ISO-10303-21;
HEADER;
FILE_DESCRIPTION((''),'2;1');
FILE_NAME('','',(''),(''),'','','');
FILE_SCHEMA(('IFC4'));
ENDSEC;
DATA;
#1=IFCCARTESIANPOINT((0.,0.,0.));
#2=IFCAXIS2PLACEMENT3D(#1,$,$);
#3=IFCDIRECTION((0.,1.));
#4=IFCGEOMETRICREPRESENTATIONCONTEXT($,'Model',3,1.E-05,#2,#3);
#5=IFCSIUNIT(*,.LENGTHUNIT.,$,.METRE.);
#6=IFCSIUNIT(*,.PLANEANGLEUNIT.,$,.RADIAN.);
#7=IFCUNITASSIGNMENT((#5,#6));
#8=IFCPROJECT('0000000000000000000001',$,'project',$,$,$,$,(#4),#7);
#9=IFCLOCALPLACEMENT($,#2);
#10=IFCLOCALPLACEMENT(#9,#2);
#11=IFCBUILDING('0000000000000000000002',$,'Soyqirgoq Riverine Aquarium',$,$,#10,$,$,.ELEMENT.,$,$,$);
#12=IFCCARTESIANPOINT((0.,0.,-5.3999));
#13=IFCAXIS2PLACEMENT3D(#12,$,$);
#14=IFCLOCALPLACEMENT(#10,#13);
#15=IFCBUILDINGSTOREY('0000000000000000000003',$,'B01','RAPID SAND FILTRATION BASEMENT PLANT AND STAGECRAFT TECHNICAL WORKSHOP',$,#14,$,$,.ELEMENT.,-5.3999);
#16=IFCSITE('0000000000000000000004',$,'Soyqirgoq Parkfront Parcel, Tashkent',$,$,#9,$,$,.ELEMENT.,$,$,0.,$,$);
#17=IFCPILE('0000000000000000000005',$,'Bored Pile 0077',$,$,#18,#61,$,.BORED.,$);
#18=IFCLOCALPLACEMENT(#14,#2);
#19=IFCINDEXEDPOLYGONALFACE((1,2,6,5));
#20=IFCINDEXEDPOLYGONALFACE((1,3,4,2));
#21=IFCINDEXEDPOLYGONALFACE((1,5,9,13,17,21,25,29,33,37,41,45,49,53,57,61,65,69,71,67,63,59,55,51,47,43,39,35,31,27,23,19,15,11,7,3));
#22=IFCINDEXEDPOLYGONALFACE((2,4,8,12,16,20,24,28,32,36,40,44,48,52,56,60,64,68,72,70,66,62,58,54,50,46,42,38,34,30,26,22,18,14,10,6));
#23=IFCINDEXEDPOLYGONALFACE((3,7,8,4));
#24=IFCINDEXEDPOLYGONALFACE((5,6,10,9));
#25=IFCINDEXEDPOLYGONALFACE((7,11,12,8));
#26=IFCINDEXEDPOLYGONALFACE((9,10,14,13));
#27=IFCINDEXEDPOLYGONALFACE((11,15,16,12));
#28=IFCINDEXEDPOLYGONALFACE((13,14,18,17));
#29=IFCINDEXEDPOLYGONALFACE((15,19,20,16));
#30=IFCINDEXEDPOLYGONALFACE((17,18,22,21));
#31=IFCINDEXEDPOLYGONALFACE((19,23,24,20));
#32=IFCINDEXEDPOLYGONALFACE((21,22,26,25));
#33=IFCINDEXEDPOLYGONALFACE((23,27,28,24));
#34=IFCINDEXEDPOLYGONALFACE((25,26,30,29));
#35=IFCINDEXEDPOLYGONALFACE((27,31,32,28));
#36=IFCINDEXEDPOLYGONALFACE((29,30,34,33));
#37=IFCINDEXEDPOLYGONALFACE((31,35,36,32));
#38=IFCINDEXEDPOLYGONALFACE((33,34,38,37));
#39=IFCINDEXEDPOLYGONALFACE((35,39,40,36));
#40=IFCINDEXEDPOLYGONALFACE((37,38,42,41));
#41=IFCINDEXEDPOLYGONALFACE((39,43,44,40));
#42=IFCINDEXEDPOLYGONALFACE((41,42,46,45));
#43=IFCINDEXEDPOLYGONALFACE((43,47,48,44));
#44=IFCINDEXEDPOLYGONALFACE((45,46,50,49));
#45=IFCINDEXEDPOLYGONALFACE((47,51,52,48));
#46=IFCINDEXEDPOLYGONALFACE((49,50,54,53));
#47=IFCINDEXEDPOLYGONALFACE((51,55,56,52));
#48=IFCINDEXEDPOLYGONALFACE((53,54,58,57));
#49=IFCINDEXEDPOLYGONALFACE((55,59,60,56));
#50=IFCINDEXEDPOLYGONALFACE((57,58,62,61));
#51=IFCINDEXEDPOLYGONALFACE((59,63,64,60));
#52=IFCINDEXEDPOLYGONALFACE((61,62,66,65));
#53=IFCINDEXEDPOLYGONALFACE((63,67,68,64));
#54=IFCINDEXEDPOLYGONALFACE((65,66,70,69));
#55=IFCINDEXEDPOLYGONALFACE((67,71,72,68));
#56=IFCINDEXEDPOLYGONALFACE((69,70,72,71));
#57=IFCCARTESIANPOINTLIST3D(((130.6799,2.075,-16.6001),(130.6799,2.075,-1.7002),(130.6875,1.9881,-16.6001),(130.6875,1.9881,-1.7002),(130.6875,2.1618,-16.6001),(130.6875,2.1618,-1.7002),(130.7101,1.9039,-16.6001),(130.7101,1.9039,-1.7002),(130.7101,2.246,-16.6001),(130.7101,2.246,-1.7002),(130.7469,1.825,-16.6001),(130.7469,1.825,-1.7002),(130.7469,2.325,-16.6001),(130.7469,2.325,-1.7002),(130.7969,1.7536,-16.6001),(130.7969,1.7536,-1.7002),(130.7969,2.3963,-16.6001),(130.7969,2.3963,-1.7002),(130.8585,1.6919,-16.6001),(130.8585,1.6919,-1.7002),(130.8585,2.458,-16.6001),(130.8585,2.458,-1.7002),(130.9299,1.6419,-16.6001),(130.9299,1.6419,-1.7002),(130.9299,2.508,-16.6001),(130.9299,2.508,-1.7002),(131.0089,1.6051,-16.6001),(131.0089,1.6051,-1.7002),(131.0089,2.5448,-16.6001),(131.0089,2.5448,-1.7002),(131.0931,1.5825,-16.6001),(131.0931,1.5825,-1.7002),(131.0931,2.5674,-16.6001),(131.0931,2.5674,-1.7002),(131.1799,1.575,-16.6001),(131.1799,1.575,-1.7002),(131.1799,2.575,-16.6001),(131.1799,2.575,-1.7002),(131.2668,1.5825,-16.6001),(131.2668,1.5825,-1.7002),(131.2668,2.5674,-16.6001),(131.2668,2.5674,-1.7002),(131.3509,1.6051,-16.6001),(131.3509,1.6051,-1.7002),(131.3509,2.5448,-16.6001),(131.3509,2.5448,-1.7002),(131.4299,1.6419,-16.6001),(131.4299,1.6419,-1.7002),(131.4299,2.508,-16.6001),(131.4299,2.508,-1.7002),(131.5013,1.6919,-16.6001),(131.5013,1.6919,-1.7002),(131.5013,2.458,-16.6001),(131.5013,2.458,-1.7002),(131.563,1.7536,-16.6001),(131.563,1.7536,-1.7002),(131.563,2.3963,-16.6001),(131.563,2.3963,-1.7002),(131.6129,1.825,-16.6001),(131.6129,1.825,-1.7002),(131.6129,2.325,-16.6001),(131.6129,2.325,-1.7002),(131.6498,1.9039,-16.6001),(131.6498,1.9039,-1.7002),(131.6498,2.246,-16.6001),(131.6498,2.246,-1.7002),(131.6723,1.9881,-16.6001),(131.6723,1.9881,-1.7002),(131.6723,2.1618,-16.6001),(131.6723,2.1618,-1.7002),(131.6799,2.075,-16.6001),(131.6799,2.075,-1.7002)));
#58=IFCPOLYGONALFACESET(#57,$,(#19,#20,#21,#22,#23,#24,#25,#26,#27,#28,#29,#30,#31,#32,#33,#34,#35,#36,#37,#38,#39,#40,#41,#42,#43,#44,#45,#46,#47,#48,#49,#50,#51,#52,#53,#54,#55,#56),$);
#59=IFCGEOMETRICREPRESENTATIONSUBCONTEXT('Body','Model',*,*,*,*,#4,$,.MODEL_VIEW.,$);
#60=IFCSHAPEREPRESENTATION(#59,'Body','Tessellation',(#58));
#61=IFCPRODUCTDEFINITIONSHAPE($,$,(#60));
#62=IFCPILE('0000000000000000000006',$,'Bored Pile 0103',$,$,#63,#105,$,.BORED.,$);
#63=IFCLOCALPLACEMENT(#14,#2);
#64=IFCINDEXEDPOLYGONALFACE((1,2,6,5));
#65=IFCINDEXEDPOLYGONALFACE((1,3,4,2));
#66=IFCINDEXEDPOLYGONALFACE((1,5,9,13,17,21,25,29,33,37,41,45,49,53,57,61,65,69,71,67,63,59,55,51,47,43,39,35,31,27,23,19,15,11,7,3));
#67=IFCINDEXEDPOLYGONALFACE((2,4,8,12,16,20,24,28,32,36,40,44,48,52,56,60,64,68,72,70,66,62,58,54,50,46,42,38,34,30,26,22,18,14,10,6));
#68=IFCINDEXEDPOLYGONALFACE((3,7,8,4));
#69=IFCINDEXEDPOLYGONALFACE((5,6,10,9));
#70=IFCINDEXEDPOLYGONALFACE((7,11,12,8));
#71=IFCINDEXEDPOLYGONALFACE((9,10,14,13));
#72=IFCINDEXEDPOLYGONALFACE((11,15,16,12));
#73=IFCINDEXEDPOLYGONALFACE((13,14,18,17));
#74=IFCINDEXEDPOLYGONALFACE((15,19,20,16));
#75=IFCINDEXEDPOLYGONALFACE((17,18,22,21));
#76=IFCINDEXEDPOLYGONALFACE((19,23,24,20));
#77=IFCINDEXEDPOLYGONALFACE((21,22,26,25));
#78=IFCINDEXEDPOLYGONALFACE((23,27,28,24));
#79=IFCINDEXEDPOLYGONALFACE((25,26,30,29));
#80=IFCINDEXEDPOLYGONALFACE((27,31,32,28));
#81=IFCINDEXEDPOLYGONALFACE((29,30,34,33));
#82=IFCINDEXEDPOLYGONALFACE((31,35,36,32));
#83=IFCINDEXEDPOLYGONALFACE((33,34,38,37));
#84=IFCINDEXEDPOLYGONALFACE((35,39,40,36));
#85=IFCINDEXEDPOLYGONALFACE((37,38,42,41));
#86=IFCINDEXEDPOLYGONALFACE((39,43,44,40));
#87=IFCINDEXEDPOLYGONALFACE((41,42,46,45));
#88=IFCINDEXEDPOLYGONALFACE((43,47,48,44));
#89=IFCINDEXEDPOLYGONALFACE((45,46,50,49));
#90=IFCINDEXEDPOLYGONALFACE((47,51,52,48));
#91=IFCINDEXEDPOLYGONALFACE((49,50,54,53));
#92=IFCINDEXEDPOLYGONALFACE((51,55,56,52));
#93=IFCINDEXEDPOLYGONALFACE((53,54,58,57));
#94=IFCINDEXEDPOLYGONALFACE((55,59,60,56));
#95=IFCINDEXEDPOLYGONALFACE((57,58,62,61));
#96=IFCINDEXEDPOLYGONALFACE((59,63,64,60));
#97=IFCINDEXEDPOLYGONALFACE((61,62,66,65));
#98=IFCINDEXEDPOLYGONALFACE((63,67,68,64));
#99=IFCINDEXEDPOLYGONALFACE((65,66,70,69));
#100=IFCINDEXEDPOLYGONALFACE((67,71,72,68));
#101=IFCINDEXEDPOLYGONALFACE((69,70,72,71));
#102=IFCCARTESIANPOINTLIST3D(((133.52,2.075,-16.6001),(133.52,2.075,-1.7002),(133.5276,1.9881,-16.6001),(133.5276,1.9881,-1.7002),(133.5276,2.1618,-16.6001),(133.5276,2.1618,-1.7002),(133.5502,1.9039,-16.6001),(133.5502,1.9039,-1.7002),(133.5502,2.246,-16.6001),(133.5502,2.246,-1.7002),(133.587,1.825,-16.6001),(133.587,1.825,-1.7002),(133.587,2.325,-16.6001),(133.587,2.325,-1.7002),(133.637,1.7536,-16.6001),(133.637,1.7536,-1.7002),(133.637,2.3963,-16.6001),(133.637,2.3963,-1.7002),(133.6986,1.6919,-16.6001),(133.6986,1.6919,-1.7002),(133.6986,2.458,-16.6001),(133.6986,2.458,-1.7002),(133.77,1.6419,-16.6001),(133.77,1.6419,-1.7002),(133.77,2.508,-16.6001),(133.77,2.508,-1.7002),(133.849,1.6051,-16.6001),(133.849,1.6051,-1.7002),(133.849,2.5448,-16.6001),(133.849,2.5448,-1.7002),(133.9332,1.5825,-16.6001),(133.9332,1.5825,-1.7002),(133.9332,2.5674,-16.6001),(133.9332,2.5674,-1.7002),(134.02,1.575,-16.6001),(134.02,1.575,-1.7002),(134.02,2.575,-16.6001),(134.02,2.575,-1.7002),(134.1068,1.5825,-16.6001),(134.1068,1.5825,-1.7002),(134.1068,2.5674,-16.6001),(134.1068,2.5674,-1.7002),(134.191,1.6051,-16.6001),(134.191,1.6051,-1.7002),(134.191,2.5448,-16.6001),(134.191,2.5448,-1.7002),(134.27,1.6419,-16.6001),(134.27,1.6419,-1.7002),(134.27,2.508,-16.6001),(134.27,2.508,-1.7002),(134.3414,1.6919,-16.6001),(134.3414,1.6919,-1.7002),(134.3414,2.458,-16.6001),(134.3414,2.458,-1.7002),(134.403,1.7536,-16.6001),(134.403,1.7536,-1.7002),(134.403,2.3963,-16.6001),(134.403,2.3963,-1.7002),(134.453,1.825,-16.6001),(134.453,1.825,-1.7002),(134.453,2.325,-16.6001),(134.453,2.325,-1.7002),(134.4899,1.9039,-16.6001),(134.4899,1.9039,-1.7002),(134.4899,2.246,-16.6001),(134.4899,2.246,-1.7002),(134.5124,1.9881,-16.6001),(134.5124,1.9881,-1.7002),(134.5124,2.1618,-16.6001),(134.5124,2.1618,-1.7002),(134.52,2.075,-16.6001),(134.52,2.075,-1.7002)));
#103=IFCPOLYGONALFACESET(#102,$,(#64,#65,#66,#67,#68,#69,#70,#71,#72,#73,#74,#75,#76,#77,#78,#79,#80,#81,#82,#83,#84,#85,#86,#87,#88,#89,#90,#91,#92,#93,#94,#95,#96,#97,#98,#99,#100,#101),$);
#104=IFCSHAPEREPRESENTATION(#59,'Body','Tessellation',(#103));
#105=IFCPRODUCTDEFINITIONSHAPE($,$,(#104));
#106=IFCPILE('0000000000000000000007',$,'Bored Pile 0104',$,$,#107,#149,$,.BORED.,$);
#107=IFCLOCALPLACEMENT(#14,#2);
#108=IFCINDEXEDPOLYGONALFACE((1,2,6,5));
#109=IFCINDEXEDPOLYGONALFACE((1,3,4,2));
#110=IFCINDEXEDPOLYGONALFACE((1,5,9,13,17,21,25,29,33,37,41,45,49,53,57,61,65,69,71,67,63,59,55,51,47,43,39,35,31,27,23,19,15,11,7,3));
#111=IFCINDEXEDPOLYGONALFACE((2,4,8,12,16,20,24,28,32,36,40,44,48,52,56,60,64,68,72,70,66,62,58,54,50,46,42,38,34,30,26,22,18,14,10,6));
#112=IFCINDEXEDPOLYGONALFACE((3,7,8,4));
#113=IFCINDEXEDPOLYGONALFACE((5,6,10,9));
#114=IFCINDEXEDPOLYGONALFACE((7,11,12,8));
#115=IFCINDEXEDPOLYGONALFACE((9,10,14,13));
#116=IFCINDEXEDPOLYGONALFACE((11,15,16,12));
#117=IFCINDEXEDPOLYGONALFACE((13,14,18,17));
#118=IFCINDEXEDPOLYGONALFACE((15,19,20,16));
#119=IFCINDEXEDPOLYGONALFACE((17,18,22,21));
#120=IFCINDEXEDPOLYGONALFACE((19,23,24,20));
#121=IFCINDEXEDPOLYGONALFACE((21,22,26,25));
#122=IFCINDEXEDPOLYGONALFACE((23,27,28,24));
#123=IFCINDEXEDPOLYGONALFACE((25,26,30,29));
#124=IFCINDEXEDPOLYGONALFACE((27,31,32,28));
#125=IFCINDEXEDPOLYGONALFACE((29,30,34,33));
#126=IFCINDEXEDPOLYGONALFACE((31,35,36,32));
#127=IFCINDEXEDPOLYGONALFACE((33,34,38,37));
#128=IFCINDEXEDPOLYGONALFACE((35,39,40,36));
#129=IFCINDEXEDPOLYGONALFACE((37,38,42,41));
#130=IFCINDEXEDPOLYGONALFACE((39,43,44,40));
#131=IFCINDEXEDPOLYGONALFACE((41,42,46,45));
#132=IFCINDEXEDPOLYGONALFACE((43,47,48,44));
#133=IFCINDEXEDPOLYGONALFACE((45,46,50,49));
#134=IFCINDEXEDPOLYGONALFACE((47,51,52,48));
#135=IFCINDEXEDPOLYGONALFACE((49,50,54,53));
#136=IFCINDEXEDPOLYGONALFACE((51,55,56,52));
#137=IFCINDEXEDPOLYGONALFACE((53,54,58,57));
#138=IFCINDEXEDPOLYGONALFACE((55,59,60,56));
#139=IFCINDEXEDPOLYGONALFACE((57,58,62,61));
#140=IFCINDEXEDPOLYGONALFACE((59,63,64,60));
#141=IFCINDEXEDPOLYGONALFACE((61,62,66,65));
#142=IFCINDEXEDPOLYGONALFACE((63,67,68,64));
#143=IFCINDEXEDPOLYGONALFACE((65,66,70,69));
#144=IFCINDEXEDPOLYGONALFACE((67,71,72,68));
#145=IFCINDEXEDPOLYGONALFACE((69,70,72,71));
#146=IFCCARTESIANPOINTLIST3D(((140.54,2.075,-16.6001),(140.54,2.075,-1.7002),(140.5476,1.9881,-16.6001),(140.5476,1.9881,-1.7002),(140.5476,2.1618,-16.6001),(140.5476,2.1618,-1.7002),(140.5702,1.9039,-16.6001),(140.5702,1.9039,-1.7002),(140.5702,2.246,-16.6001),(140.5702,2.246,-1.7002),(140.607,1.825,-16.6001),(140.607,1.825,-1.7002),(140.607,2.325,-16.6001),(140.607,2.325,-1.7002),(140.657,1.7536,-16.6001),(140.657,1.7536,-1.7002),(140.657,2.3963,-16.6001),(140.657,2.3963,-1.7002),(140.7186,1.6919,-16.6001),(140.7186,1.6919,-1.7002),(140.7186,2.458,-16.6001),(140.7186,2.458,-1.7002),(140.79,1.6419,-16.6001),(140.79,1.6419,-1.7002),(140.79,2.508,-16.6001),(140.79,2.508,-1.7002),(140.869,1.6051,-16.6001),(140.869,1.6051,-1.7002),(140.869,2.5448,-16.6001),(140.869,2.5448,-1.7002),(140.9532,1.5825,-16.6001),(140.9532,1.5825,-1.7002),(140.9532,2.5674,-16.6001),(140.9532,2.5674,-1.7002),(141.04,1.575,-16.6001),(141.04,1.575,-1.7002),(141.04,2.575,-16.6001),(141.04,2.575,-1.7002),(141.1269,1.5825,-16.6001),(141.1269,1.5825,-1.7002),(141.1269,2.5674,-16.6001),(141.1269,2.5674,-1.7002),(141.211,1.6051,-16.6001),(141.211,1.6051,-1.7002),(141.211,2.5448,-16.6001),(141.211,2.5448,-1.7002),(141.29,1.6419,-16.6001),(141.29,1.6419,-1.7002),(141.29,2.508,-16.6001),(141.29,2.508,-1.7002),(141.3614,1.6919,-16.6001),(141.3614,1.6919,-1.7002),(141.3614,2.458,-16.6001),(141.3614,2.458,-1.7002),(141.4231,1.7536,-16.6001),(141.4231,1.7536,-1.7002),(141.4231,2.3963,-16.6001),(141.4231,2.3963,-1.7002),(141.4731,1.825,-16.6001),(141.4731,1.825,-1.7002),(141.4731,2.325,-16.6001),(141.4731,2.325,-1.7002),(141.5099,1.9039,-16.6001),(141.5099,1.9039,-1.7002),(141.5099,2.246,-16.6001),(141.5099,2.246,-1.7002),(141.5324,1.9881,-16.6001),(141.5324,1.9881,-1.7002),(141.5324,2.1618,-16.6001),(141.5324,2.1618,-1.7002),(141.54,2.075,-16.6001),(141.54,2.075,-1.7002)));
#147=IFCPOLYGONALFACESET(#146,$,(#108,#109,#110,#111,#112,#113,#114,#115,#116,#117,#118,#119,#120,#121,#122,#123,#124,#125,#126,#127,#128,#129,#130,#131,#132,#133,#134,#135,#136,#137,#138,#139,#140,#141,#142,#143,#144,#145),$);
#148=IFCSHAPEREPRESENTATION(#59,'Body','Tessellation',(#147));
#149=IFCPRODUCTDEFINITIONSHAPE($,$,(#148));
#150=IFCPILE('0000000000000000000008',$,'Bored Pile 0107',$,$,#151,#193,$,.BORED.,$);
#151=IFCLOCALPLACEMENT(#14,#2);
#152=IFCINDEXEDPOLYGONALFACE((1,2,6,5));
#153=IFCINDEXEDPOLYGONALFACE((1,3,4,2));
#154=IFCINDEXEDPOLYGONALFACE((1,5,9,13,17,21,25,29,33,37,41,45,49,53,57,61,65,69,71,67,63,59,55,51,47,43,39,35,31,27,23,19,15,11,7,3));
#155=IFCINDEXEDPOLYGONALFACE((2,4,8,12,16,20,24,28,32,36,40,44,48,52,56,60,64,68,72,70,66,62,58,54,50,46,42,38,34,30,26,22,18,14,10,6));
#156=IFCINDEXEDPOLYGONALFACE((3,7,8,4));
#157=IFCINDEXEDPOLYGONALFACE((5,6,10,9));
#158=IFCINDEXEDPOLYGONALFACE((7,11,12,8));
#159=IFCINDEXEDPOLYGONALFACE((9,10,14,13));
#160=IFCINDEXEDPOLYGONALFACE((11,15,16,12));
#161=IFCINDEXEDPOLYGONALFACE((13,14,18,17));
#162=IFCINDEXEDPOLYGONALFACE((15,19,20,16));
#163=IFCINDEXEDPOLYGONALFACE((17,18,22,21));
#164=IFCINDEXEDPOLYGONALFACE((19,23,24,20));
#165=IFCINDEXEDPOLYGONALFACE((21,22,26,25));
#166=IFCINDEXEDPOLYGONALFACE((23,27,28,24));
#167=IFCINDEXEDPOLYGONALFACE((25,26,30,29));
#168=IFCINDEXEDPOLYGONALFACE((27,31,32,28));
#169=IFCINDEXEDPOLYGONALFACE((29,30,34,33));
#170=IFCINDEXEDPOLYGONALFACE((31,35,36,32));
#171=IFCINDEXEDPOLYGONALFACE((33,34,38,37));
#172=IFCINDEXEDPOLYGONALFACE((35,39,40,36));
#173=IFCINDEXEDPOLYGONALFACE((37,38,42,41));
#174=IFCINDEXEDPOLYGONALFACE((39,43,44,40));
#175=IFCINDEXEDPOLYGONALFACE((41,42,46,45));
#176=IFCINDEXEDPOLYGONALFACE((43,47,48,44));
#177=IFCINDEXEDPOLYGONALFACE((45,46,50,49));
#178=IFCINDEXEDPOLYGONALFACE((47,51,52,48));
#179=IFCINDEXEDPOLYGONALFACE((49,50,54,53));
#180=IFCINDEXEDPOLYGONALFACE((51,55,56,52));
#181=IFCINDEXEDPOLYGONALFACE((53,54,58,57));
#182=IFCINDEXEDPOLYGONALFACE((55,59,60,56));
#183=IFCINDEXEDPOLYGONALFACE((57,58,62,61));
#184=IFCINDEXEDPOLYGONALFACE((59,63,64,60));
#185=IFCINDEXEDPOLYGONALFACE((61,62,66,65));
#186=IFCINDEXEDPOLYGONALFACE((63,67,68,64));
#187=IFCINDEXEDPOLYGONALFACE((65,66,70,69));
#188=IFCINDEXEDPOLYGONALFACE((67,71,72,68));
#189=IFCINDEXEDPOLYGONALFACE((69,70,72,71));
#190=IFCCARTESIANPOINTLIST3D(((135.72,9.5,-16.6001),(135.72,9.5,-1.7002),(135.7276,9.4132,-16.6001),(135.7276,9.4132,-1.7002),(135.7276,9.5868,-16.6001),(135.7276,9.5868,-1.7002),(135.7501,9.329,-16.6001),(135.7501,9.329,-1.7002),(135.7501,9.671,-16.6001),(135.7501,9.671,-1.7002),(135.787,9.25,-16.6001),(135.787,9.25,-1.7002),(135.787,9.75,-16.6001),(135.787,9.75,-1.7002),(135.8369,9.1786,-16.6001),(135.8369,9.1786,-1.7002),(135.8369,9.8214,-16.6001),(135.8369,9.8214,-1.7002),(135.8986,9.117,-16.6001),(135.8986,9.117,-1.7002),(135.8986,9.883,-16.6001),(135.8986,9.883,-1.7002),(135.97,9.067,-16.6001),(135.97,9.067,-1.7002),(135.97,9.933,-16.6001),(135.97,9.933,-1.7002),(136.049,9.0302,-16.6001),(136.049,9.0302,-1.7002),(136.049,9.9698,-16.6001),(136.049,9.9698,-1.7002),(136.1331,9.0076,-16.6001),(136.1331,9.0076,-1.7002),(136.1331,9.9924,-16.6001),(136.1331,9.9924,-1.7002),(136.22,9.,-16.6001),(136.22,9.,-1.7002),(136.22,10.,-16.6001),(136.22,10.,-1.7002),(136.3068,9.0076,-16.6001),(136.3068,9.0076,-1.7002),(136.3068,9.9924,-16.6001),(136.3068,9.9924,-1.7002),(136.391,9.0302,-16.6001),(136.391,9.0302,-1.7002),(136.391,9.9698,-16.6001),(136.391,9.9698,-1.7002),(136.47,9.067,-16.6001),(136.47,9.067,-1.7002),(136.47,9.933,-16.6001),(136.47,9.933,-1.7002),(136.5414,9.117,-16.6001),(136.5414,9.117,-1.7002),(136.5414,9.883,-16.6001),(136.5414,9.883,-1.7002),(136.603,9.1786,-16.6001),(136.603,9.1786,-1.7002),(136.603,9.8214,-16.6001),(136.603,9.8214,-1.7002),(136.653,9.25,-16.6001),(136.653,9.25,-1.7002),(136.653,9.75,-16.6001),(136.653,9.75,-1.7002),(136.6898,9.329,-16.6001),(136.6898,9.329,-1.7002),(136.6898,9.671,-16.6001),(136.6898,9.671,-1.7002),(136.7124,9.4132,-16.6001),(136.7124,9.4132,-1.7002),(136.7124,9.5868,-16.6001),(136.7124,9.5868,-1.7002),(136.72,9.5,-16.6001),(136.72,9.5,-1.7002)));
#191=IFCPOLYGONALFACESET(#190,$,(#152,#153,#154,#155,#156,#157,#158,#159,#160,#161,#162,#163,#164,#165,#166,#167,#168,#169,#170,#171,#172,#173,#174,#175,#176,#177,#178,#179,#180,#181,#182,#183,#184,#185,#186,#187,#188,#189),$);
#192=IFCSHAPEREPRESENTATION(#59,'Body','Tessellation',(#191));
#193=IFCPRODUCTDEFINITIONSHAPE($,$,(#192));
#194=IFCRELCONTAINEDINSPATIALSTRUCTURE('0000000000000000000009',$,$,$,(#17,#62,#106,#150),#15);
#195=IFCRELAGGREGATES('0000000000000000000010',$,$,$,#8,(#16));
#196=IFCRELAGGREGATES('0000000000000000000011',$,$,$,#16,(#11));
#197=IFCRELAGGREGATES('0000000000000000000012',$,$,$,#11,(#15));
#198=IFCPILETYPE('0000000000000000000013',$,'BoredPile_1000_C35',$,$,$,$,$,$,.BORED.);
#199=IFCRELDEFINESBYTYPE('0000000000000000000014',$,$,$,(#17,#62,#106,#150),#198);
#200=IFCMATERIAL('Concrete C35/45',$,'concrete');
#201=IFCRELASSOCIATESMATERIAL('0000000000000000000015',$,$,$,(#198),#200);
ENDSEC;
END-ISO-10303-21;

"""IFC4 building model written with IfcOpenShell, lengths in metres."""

from ifc_helpers import new_model, si_unit, direction, frame, origin, origin_2d, place, context, subcontext, project, spatial, circle, extrude, material, material_profile, profile_set, type_object, element, save


model = new_model("IFC4")

# Units and contexts
model_context = context("Model", 3, precision=1e-05, world=origin(), true_north=direction((0.0, 1.0)))
body_context = subcontext(model_context, "Body", "Model", "MODEL_VIEW")
ifc_project = project(units=[si_unit("LENGTHUNIT", "METRE"), si_unit("PLANEANGLEUNIT", "RADIAN")], contexts=[model_context])

# Site, building, storey
site_placement = place(None, origin())
site = spatial("IfcSite", under=ifc_project, at=site_placement, Name="Soyqirgoq Parkfront Parcel, Tashkent", CompositionType="ELEMENT", RefElevation=0.0)
building_placement = place(site_placement, origin())
building = spatial("IfcBuilding", under=site, at=building_placement, Name="Soyqirgoq Riverine Aquarium", CompositionType="ELEMENT")
storey_placement = place(building_placement, frame((0.0, 0.0, -5.3999)))
storey = spatial("IfcBuildingStorey", under=building, at=storey_placement, Name="B01", Description="RAPID SAND FILTRATION BASEMENT PLANT AND STAGECRAFT TECHNICAL WORKSHOP", CompositionType="ELEMENT", Elevation=-5.3999)

# Piles
ifc_material_1 = material(Name="Concrete C35/45", Category="concrete")
ifc_material_profile_1 = material_profile(ifc_material_1, circle(Radius=0.5, at=origin_2d()), Name="BP D1000")
ifc_profile_set_1 = profile_set([ifc_material_profile_1], Name="Concrete C35/45")
pile_type_1 = type_object("IfcPileType", Name="BoredPile_1000_C35", PredefinedType="BORED", material=ifc_profile_set_1)
for number, where, z_axis, x_axis, name in (
    (1, (131.1799, 2.075, -1.7002), (0.0, 0.0, -1.0), (1.0, 0.0, 0.0), "Bored Pile 0077"),
    (2, (134.02, 2.075, -1.7002), (0.0, 0.0, -1.0), (1.0, 0.0, 0.0), "Bored Pile 0103"),
    (3, (141.04, 2.075, -1.7002), (0.0, 0.0, -1.0), (1.0, 0.0, 0.0), "Bored Pile 0104"),
    (4, (136.22, 9.5, -1.7002), (0.0, 0.0, -1.0), (1.0, 0.0, 0.0), "Bored Pile 0107"),
):
    element("IfcPile", number, at=place(storey_placement, frame(where, z_axis=z_axis, x_axis=x_axis)), inside=storey, type_object=pile_type_1, Name=name, PredefinedType="BORED", context=body_context, shape_type="SweptSolid", body=[
        extrude(circle(Radius=0.5, at=origin_2d()), origin(), (0.0, 0.0, 1.0), 14.8999),
    ])

save(model, "model.ifc")
